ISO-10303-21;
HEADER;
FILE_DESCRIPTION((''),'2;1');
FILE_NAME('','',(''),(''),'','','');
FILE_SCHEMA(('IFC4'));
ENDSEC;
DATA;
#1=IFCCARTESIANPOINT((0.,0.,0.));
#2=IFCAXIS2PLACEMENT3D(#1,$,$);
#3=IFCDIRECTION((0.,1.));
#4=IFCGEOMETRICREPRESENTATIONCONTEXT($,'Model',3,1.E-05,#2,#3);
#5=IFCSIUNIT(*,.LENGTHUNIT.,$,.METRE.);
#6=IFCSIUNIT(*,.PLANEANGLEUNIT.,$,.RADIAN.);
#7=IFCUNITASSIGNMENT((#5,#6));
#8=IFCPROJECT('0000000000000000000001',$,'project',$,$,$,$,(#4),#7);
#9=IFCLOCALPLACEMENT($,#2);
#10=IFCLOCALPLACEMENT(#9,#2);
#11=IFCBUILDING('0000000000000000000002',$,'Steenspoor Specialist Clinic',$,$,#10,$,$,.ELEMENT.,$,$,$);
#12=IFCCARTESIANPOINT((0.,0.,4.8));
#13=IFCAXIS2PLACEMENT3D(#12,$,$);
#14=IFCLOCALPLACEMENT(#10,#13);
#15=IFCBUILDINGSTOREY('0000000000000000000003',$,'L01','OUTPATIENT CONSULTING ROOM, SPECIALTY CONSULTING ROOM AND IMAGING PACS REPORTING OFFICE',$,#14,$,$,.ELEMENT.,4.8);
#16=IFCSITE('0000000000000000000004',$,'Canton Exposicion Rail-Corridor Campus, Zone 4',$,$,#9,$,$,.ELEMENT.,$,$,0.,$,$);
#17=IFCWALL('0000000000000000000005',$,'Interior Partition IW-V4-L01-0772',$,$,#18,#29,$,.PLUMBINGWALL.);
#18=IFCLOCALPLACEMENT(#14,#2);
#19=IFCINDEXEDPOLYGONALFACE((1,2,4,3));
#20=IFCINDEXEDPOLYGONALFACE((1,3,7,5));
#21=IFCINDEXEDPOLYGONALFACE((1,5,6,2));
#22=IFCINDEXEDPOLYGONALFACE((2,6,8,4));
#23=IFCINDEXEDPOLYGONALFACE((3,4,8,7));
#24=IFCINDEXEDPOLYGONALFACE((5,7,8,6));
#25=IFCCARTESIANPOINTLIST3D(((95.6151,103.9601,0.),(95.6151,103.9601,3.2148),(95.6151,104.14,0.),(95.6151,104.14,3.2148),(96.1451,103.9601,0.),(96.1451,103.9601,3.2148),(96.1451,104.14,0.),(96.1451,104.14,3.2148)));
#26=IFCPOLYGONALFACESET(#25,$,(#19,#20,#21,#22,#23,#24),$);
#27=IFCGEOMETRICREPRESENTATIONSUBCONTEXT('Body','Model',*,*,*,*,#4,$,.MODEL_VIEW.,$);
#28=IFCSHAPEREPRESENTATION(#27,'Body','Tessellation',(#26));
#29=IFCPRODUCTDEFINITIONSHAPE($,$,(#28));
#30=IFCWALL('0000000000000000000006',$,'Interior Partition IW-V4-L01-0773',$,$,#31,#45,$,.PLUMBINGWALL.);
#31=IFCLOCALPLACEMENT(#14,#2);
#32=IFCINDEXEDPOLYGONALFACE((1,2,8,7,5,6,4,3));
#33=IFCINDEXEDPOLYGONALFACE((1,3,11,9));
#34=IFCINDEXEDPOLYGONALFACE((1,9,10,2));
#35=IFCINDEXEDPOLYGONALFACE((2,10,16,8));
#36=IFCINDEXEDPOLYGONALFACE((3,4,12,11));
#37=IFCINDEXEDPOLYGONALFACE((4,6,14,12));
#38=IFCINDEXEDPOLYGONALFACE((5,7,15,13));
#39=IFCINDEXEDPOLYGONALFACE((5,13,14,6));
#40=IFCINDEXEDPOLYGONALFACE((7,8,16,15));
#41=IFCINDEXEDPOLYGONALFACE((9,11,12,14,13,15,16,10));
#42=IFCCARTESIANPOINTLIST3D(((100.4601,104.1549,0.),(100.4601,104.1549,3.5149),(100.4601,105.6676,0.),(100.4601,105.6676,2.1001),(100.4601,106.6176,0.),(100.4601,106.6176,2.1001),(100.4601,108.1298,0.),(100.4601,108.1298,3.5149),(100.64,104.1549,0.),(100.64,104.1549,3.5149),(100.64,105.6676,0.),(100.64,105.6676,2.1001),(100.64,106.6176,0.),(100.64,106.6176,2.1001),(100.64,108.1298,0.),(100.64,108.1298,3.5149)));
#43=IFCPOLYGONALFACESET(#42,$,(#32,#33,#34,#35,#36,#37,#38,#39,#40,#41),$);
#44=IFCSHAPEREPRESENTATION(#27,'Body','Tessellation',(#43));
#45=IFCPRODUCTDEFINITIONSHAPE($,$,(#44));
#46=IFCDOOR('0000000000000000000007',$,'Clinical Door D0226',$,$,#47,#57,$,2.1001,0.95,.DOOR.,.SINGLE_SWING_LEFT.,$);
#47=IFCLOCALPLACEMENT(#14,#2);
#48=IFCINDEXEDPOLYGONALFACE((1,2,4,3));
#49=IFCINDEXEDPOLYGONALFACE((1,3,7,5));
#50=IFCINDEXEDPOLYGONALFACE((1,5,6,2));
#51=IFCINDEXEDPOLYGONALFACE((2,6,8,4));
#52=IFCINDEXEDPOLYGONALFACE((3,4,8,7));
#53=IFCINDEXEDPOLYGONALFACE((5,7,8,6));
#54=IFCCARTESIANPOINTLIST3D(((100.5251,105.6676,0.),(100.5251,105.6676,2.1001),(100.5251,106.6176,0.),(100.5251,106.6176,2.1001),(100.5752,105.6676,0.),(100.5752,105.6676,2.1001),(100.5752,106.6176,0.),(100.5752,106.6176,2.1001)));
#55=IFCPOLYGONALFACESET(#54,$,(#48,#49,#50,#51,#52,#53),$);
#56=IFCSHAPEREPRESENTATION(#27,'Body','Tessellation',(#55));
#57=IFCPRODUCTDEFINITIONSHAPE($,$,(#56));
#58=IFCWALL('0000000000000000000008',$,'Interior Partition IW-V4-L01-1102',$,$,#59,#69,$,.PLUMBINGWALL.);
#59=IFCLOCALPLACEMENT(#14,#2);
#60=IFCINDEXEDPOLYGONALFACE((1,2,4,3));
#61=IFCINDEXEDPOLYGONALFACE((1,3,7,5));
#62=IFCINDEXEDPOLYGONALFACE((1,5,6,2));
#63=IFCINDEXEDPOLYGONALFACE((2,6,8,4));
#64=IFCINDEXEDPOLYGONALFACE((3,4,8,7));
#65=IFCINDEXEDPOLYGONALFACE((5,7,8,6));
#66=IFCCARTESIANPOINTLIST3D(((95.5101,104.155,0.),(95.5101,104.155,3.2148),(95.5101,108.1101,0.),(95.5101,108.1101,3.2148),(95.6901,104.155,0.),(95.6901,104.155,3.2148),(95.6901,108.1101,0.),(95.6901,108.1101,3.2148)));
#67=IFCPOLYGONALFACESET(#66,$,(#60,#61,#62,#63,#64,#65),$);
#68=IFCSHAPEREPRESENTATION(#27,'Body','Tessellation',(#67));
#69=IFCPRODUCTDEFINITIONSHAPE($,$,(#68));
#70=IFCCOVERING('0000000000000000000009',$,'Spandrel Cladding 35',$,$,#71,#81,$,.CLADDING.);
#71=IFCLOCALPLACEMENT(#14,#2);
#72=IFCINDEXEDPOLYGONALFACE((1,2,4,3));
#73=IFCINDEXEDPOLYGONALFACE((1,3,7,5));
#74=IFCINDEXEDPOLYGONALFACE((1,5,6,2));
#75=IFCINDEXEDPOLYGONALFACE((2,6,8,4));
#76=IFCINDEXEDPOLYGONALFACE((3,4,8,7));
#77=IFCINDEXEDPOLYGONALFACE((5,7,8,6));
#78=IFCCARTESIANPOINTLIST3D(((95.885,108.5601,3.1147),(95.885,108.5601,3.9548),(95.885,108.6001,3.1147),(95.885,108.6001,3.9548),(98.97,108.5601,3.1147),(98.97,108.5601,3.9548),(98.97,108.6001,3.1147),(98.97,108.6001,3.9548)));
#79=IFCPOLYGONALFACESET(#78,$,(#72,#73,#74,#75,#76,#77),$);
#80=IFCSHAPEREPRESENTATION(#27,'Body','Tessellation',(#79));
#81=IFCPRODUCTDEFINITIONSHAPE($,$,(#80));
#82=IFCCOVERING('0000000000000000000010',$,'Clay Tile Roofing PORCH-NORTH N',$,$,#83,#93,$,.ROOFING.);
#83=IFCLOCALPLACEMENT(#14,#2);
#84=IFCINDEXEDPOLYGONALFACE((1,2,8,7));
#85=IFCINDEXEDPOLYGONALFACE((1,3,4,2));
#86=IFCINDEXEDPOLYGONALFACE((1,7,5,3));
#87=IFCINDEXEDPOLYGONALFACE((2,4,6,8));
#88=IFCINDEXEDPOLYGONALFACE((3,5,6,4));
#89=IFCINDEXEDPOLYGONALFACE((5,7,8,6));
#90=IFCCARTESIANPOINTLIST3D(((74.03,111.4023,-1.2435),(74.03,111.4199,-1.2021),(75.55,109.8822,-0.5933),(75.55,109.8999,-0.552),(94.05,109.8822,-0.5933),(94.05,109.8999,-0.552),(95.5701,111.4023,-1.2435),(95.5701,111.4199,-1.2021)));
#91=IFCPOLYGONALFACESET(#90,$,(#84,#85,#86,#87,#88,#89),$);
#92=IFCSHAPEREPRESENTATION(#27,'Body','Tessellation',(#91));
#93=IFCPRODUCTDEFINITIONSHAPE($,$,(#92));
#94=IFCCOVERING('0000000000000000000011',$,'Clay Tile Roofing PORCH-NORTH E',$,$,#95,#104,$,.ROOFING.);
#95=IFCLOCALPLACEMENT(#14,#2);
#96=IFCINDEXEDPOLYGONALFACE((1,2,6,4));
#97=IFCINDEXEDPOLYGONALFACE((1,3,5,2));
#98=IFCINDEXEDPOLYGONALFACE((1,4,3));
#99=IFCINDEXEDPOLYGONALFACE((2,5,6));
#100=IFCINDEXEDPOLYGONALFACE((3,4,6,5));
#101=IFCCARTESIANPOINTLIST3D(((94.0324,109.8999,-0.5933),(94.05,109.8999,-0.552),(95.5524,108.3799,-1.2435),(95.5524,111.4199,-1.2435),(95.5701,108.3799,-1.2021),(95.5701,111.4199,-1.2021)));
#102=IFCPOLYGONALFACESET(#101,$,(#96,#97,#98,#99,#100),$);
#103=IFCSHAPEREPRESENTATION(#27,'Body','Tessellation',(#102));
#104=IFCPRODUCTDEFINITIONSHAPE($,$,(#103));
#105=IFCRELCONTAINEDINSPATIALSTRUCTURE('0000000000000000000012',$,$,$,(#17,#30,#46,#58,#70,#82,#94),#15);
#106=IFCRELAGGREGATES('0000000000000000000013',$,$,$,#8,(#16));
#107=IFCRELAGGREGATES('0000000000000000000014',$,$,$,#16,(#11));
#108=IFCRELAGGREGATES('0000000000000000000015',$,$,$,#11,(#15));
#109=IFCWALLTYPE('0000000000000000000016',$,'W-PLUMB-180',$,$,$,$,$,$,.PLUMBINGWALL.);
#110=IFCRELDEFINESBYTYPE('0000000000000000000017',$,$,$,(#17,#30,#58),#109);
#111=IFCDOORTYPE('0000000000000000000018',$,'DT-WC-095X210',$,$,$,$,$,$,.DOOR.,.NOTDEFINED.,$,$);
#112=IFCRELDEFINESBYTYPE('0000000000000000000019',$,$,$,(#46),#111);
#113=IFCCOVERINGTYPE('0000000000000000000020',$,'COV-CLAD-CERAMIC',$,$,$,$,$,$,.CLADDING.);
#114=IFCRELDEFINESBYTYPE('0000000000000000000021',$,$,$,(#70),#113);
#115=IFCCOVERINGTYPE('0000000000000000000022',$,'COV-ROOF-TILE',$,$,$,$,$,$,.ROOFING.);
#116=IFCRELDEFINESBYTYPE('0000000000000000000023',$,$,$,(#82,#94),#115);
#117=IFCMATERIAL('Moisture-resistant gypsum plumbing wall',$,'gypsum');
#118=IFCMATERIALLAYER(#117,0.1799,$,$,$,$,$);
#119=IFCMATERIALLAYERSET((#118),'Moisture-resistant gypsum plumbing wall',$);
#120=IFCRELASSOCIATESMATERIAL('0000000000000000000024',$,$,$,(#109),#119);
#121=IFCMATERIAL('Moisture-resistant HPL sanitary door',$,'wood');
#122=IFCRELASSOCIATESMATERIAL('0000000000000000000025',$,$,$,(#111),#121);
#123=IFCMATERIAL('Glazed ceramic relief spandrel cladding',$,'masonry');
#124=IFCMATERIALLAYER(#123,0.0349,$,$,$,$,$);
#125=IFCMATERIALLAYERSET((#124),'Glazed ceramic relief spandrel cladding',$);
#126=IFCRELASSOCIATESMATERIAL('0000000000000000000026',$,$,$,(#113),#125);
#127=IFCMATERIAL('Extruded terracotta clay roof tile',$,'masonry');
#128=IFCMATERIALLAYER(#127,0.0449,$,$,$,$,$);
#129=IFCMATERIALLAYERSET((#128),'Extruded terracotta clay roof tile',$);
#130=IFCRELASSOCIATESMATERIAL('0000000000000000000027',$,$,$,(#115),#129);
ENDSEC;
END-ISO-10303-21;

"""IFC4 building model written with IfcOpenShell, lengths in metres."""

from ifc_helpers import new_model, si_unit, direction, frame, frame_2d, origin, origin_2d, place, context, subcontext, project, spatial, polyline, rectangle, outline, extrude, material, layer, layer_set, type_object, element, fill, save


model = new_model("IFC4")

# Units and contexts
model_context = context("Model", 3, precision=1e-05, world=origin(), true_north=direction((0.0, 1.0)))
body_context = subcontext(model_context, "Body", "Model", "MODEL_VIEW")
ifc_project = project(units=[si_unit("LENGTHUNIT", "METRE"), si_unit("PLANEANGLEUNIT", "RADIAN")], contexts=[model_context])

# Site, building, storey
site_placement = place(None, origin())
site = spatial("IfcSite", under=ifc_project, at=site_placement, Name="Canton Exposicion Rail-Corridor Campus, Zone 4", CompositionType="ELEMENT", RefElevation=0.0)
building_placement = place(site_placement, origin())
building = spatial("IfcBuilding", under=site, at=building_placement, Name="Steenspoor Specialist Clinic", CompositionType="ELEMENT")
storey_placement = place(building_placement, frame((0.0, 0.0, 4.8)))
storey = spatial("IfcBuildingStorey", under=building, at=storey_placement, Name="L01", Description="OUTPATIENT CONSULTING ROOM, SPECIALTY CONSULTING ROOM AND IMAGING PACS REPORTING OFFICE", CompositionType="ELEMENT", Elevation=4.8)

# Shared definitions
ifc_material_1 = material(Name="Extruded terracotta clay roof tile", Category="masonry")

# Shared definitions
ifc_material_2 = material(Name="Moisture-resistant gypsum plumbing wall", Category="gypsum")
ifc_layer_1 = layer(ifc_material_2, 0.1799)
ifc_layer_set_1 = layer_set([ifc_layer_1], Name="Moisture-resistant gypsum plumbing wall")
wall_type_1 = type_object("IfcWallType", Name="W-PLUMB-180", PredefinedType="PLUMBINGWALL", material=ifc_layer_set_1)

# Wall
wall_1_placement = place(storey_placement, frame((95.615, 104.05, 0.0), z_axis=(0.0, 0.0, 1.0), x_axis=(1.0, 0.0, 0.0)))
element("IfcWall", 1, at=wall_1_placement, inside=storey, type_object=wall_type_1, Name="Interior Partition IW-V4-L01-0772", PredefinedType="PLUMBINGWALL", context=body_context, shape_type="SweptSolid", body=[
    extrude(rectangle(XDim=0.53, YDim=0.1799, at=frame_2d((0.2651, 0.0))), origin(), (0.0, 0.0, 1.0), 3.2148),
])

# Wall, opening, door
wall_2_placement = place(storey_placement, frame((100.55, 104.155, 0.0), z_axis=(0.0, 0.0, 1.0), x_axis=(0.0, 1.0, 0.0)))
wall_2 = element("IfcWall", 2, at=wall_2_placement, inside=storey, type_object=wall_type_1, Name="Interior Partition IW-V4-L01-0773", PredefinedType="PLUMBINGWALL", context=body_context, shape_type="SweptSolid", body=[
    extrude(rectangle(XDim=3.9749, YDim=0.1799, at=frame_2d((1.9873, 0.0))), origin(), (0.0, 0.0, 1.0), 3.5149),
])
opening_1_placement = place(wall_2_placement, frame((1.5125, 0.0, 0.0)))
opening_1 = element("IfcOpeningElement", 3, at=opening_1_placement, cuts=wall_2, PredefinedType="OPENING", context=body_context, shape_type="SweptSolid", body=[
    extrude(rectangle(XDim=0.95, YDim=2.1001, at=frame_2d((0.4751, 1.05))), frame((0.0, 0.1001, 0.0), z_axis=(0.0, -1.0, 0.0), x_axis=(1.0, 0.0, 0.0)), (0.0, 0.0, 1.0), 0.2),
])
ifc_material_3 = material(Name="Moisture-resistant HPL sanitary door", Category="wood")
door_type_1 = type_object("IfcDoorType", Name="DT-WC-095X210", OperationType="NOTDEFINED", PredefinedType="DOOR", material=ifc_material_3)
door_1_placement = place(opening_1_placement, origin())
door_1 = element("IfcDoor", 4, at=door_1_placement, inside=storey, type_object=door_type_1, Name="Clinical Door D0226", OperationType="SINGLE_SWING_LEFT", OverallHeight=2.1001, OverallWidth=0.95, PredefinedType="DOOR", context=body_context, shape_type="SweptSolid", body=[
    extrude(rectangle(XDim=0.95, YDim=2.1001, at=frame_2d((0.4751, 1.05))), frame((0.0, 0.0249, 0.0), z_axis=(0.0, -1.0, 0.0), x_axis=(1.0, 0.0, 0.0)), (0.0, 0.0, 1.0), 0.05),
])
fill(opening_1, door_1)

# Wall
wall_3_placement = place(storey_placement, frame((95.6001, 104.155, 0.0), z_axis=(0.0, 0.0, 1.0), x_axis=(0.0, 1.0, 0.0)))
element("IfcWall", 5, at=wall_3_placement, inside=storey, type_object=wall_type_1, Name="Interior Partition IW-V4-L01-1102", PredefinedType="PLUMBINGWALL", context=body_context, shape_type="SweptSolid", body=[
    extrude(rectangle(XDim=3.9551, YDim=0.1799, at=frame_2d((1.9775, 0.0))), origin(), (0.0, 0.0, 1.0), 3.2148),
])

# Coverings
ifc_material_4 = material(Name="Glazed ceramic relief spandrel cladding", Category="masonry")
ifc_layer_2 = layer(ifc_material_4, 0.0349)
ifc_layer_set_2 = layer_set([ifc_layer_2], Name="Glazed ceramic relief spandrel cladding")
covering_type_1 = type_object("IfcCoveringType", Name="COV-CLAD-CERAMIC", PredefinedType="CLADDING", material=ifc_layer_set_2)
covering_1_placement = place(storey_placement, frame((97.4275, 108.5801, 3.1147), z_axis=(0.0, 0.0, 1.0), x_axis=(1.0, 0.0, 0.0)))
element("IfcCovering", 6, at=covering_1_placement, inside=storey, type_object=covering_type_1, Name="Spandrel Cladding 35", PredefinedType="CLADDING", context=body_context, shape_type="SweptSolid", body=[
    extrude(rectangle(XDim=3.085, YDim=0.04, at=origin_2d()), origin(), (0.0, 0.0, 1.0), 0.8401),
])
ifc_layer_3 = layer(ifc_material_1, 0.0449)
ifc_layer_set_3 = layer_set([ifc_layer_3], Name="Extruded terracotta clay roof tile")
covering_type_2 = type_object("IfcCoveringType", Name="COV-ROOF-TILE", PredefinedType="ROOFING", material=ifc_layer_set_3)
covering_2_placement = place(storey_placement, frame((95.5701, 111.4199, -1.2021), z_axis=(0.0, 0.39326, 0.919427), x_axis=(-1.0, 0.0, 0.0)))
element("IfcCovering", 7, at=covering_2_placement, inside=storey, type_object=covering_type_2, Name="Clay Tile Roofing PORCH-NORTH N", PredefinedType="ROOFING", context=body_context, shape_type="SweptSolid", body=[
    extrude(outline(polyline([(0.0, 0.0), (21.54, 0.0), (20.02, 1.6532), (1.52, 1.6532), (0.0, 0.0)])), origin(), (0.0, 0.0, -1.0), 0.0449),
])
covering_3_placement = place(storey_placement, frame((95.5701, 108.3799, -1.2021), z_axis=(0.39326, 0.0, 0.919427), x_axis=(0.0, 1.0, 0.0)))
element("IfcCovering", 8, at=covering_3_placement, inside=storey, type_object=covering_type_2, Name="Clay Tile Roofing PORCH-NORTH E", PredefinedType="ROOFING", context=body_context, shape_type="SweptSolid", body=[
    extrude(outline(polyline([(0.0, 0.0), (3.04, 0.0), (1.52, 1.6532), (0.0, 0.0)])), origin(), (0.0, 0.0, -1.0), 0.0449),
])

save(model, "model.ifc")
